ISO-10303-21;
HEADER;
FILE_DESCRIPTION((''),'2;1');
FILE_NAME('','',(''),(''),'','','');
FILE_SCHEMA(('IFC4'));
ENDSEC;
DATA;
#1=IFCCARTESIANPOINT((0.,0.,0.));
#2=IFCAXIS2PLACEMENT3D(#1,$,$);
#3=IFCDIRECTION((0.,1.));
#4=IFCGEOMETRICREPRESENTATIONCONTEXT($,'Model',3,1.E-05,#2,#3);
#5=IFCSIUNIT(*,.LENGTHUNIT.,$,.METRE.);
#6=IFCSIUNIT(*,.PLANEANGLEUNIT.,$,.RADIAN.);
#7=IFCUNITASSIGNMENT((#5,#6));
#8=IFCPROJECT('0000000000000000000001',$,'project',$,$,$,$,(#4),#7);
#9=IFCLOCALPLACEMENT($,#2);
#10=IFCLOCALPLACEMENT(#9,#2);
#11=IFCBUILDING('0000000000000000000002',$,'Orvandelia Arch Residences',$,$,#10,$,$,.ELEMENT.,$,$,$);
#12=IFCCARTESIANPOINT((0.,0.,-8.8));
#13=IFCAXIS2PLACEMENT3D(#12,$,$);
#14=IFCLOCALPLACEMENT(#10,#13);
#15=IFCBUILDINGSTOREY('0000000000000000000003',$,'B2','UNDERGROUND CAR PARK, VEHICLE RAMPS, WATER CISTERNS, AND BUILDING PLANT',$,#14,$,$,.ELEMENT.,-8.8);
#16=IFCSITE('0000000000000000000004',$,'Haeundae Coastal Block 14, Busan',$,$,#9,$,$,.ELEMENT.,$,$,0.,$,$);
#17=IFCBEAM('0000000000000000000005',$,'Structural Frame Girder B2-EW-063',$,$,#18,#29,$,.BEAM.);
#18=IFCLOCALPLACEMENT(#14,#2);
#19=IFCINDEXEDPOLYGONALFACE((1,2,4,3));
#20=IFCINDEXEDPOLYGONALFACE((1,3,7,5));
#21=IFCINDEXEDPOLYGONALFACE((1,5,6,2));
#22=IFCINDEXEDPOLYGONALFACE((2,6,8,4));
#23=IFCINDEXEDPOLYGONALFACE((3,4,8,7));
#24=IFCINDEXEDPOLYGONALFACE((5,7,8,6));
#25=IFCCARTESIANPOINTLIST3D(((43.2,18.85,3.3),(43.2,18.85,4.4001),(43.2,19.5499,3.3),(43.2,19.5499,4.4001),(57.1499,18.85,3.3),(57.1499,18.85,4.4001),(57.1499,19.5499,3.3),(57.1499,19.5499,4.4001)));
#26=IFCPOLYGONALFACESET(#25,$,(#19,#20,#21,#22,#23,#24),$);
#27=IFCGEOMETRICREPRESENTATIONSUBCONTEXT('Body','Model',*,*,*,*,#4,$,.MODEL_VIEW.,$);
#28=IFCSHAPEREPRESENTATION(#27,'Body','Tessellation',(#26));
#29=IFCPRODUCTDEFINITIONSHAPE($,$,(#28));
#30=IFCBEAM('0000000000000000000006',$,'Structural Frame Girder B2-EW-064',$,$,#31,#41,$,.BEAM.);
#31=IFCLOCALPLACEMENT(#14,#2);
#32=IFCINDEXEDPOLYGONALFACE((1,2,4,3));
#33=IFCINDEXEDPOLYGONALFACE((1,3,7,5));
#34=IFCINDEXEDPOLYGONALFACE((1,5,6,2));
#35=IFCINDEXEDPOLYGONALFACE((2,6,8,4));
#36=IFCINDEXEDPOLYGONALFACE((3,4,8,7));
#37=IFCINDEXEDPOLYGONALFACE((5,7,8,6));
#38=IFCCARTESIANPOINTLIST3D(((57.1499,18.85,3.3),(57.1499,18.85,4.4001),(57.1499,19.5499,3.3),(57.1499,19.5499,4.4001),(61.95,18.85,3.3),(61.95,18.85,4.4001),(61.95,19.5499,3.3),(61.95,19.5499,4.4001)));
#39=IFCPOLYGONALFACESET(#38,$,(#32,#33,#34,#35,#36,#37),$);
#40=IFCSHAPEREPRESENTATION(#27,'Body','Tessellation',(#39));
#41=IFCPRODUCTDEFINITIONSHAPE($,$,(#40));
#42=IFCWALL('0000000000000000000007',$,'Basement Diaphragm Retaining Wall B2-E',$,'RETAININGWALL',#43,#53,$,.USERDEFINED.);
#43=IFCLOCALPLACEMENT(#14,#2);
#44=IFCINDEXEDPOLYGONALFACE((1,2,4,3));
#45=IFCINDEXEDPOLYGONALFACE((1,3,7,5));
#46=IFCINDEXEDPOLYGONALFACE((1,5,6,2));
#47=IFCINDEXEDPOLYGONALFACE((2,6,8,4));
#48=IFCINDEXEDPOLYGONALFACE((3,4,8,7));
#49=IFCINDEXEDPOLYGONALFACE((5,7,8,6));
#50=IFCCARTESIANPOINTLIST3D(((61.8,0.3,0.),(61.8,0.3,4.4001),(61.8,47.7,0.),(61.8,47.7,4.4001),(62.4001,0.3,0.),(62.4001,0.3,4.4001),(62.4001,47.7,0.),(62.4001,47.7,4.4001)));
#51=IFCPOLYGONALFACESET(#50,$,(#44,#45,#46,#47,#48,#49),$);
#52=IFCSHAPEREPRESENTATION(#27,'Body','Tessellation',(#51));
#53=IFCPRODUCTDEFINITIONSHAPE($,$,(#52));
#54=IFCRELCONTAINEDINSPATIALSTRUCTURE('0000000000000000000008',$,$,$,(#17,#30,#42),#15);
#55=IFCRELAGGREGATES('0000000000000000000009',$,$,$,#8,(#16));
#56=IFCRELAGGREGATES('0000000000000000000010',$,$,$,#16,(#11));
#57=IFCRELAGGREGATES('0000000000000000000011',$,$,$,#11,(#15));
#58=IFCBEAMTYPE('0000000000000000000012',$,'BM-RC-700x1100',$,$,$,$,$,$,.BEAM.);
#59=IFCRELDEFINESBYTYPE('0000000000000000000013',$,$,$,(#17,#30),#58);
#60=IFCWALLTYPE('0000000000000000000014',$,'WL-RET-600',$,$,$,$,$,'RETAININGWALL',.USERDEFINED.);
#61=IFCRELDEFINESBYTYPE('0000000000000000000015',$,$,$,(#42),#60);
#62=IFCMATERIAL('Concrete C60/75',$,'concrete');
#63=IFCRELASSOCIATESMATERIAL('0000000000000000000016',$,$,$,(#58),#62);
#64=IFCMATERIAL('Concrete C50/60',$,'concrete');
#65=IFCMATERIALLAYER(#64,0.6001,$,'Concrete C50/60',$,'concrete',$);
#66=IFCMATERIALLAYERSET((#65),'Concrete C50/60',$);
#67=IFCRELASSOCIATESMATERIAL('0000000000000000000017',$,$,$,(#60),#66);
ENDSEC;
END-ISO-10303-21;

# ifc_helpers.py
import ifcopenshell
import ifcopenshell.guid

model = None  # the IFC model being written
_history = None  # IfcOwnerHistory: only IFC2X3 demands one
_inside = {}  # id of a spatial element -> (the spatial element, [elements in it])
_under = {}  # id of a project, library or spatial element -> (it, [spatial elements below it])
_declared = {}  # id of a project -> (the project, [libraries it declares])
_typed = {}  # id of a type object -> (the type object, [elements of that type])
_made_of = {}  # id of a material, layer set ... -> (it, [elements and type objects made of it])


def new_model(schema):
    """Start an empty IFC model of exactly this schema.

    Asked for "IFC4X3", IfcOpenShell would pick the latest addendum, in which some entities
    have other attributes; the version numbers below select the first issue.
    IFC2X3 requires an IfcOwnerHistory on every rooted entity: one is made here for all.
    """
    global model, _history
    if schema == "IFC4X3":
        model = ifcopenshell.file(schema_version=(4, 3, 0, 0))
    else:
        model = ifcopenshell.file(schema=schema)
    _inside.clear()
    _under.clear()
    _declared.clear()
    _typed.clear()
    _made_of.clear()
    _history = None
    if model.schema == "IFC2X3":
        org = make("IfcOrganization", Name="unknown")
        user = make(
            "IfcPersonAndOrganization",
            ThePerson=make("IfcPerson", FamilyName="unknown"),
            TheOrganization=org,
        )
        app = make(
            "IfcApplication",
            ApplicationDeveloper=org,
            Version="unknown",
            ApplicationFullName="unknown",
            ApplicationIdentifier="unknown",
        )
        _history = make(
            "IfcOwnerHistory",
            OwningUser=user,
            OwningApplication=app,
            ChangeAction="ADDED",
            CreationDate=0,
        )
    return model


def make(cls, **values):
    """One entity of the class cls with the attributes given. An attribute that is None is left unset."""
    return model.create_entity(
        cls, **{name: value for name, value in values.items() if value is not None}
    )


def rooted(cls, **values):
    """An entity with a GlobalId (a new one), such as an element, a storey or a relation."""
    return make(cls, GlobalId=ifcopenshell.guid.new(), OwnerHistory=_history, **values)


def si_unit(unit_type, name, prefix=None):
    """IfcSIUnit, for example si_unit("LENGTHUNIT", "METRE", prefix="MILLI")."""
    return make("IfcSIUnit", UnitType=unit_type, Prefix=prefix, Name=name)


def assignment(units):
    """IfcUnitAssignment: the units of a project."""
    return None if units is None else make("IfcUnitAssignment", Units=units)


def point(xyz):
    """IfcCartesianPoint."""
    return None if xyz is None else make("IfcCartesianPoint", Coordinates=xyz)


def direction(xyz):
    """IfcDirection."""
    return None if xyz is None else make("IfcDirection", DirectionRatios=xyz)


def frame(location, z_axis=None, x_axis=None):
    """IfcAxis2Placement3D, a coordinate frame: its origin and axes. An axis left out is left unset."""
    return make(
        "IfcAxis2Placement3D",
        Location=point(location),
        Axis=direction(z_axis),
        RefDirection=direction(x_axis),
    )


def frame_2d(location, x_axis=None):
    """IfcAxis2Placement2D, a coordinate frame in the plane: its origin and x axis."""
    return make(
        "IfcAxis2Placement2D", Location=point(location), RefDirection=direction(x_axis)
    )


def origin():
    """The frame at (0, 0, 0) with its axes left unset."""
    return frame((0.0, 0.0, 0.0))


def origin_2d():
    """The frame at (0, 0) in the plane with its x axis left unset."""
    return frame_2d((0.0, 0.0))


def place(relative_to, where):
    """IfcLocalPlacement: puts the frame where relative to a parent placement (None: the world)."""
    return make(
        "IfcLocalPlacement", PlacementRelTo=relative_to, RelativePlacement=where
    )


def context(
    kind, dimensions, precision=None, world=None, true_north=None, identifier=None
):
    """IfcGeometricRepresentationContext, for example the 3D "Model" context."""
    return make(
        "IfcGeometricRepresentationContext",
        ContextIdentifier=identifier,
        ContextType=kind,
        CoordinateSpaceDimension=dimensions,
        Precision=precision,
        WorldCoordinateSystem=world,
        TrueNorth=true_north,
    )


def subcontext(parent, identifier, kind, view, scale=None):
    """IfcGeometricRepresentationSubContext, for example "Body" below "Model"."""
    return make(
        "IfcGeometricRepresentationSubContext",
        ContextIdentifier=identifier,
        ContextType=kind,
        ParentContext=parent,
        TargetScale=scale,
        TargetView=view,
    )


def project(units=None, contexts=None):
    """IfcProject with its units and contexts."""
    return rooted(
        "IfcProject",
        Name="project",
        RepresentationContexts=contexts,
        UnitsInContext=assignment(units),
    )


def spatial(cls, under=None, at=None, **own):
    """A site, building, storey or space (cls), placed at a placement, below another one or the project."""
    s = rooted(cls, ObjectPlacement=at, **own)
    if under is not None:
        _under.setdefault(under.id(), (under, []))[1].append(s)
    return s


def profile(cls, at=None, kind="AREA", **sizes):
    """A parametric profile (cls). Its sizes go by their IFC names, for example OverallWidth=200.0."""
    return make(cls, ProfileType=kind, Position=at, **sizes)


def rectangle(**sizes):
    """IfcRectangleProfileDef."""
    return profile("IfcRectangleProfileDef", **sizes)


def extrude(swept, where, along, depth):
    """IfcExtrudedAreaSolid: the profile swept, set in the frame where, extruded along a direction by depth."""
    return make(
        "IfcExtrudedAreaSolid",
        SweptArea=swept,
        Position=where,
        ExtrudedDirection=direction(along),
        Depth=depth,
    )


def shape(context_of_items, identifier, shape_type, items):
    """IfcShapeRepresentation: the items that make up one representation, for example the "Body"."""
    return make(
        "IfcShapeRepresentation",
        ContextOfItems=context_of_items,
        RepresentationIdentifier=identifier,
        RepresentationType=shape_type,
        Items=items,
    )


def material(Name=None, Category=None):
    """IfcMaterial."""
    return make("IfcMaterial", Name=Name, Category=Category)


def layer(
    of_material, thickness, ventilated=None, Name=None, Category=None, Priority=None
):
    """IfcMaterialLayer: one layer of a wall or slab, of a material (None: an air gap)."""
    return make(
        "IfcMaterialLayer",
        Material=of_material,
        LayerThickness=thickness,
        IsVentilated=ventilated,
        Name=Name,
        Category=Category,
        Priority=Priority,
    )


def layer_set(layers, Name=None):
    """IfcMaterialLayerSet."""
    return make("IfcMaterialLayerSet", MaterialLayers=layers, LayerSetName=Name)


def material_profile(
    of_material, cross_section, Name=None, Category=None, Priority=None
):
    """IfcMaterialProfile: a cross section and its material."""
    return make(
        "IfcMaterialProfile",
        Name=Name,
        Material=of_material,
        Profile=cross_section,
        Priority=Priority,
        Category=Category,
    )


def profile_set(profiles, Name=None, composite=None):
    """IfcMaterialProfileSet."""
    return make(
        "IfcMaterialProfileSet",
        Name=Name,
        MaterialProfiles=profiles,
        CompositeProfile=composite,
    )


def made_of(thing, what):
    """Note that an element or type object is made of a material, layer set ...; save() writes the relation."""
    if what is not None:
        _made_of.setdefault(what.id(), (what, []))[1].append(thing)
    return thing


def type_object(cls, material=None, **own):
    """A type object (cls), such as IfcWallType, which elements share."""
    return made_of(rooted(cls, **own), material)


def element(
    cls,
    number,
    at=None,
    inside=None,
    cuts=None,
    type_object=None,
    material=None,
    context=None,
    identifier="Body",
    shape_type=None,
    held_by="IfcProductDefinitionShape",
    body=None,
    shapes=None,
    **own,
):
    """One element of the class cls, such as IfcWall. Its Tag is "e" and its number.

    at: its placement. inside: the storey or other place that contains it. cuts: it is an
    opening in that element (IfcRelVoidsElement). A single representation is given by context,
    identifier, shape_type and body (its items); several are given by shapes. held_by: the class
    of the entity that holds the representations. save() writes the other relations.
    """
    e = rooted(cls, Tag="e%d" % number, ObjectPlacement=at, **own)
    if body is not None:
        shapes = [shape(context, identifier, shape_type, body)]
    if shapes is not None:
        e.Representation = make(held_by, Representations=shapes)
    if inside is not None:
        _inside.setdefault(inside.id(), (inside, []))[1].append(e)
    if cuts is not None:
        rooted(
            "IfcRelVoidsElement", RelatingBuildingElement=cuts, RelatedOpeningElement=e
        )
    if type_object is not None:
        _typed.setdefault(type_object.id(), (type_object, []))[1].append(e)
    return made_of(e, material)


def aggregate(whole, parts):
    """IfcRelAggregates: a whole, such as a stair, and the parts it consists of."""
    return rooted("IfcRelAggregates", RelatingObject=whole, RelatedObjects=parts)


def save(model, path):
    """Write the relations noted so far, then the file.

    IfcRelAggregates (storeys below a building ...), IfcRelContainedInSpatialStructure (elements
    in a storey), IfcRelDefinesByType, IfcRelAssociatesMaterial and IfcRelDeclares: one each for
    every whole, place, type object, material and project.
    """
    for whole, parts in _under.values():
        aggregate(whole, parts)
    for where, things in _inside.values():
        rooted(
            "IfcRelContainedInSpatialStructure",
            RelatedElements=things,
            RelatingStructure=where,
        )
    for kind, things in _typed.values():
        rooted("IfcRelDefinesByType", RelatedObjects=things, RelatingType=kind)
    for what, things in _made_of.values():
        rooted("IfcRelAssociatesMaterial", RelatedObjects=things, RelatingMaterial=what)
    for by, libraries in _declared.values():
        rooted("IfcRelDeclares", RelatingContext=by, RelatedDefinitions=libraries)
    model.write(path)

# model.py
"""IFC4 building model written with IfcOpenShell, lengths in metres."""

from ifc_helpers import new_model, si_unit, direction, frame, frame_2d, origin, origin_2d, place, context, subcontext, project, spatial, rectangle, extrude, material, layer, layer_set, material_profile, profile_set, type_object, element, save


model = new_model("IFC4")

# Units and contexts
model_context = context("Model", 3, precision=1e-05, world=origin(), true_north=direction((0.0, 1.0)))
body_context = subcontext(model_context, "Body", "Model", "MODEL_VIEW")
ifc_project = project(units=[si_unit("LENGTHUNIT", "METRE"), si_unit("PLANEANGLEUNIT", "RADIAN")], contexts=[model_context])

# Site, building, storey
site_placement = place(None, origin())
site = spatial("IfcSite", under=ifc_project, at=site_placement, Name="Haeundae Coastal Block 14, Busan", CompositionType="ELEMENT", RefElevation=0.0)
building_placement = place(site_placement, origin())
building = spatial("IfcBuilding", under=site, at=building_placement, Name="Orvandelia Arch Residences", CompositionType="ELEMENT")
storey_placement = place(building_placement, frame((0.0, 0.0, -8.8)))
storey = spatial("IfcBuildingStorey", under=building, at=storey_placement, Name="B2", Description="UNDERGROUND CAR PARK, VEHICLE RAMPS, WATER CISTERNS, AND BUILDING PLANT", CompositionType="ELEMENT", Elevation=-8.8)

# Shared definitions
ifc_material_1 = material(Name="Concrete C50/60", Category="concrete")
ifc_material_2 = material(Name="Concrete C60/75", Category="concrete")

# Beams
ifc_material_profile_1 = material_profile(ifc_material_2, rectangle(XDim=0.7, YDim=1.1001, at=origin_2d()), Name="Concrete C60/75", Category="concrete")
ifc_profile_set_1 = profile_set([ifc_material_profile_1], Name="Concrete C60/75")
beam_type_1 = type_object("IfcBeamType", Name="BM-RC-700x1100", PredefinedType="BEAM", material=ifc_profile_set_1)
beam_1_placement = place(storey_placement, frame((43.2, 19.2, 3.8501), z_axis=(1.0, 0.0, 0.0), x_axis=(0.0, 1.0, 0.0)))
element("IfcBeam", 1, at=beam_1_placement, inside=storey, type_object=beam_type_1, Name="Structural Frame Girder B2-EW-063", PredefinedType="BEAM", context=body_context, shape_type="SweptSolid", body=[
    extrude(rectangle(XDim=0.7, YDim=1.1001, at=origin_2d()), origin(), (0.0, 0.0, 1.0), 13.95),
])
beam_2_placement = place(storey_placement, frame((57.1499, 19.2, 3.8501), z_axis=(1.0, 0.0, 0.0), x_axis=(0.0, 1.0, 0.0)))
element("IfcBeam", 2, at=beam_2_placement, inside=storey, type_object=beam_type_1, Name="Structural Frame Girder B2-EW-064", PredefinedType="BEAM", context=body_context, shape_type="SweptSolid", body=[
    extrude(rectangle(XDim=0.7, YDim=1.1001, at=origin_2d()), origin(), (0.0, 0.0, 1.0), 4.8),
])

# Wall
ifc_layer = layer(ifc_material_1, 0.6001, Name="Concrete C50/60", Category="concrete")
ifc_layer_set = layer_set([ifc_layer], Name="Concrete C50/60")
wall_type = type_object("IfcWallType", Name="WL-RET-600", ElementType="RETAININGWALL", PredefinedType="USERDEFINED", material=ifc_layer_set)
wall_placement = place(storey_placement, frame((62.1001, 0.3, 0.0), z_axis=(0.0, 0.0, 1.0), x_axis=(0.0, 1.0, 0.0)))
element("IfcWall", 3, at=wall_placement, inside=storey, type_object=wall_type, Name="Basement Diaphragm Retaining Wall B2-E", ObjectType="RETAININGWALL", PredefinedType="USERDEFINED", context=body_context, shape_type="SweptSolid", body=[
    extrude(rectangle(XDim=47.3999, YDim=0.6001, at=frame_2d((23.7, 0.0))), origin(), (0.0, 0.0, 1.0), 4.4001),
])

save(model, "model.ifc")
